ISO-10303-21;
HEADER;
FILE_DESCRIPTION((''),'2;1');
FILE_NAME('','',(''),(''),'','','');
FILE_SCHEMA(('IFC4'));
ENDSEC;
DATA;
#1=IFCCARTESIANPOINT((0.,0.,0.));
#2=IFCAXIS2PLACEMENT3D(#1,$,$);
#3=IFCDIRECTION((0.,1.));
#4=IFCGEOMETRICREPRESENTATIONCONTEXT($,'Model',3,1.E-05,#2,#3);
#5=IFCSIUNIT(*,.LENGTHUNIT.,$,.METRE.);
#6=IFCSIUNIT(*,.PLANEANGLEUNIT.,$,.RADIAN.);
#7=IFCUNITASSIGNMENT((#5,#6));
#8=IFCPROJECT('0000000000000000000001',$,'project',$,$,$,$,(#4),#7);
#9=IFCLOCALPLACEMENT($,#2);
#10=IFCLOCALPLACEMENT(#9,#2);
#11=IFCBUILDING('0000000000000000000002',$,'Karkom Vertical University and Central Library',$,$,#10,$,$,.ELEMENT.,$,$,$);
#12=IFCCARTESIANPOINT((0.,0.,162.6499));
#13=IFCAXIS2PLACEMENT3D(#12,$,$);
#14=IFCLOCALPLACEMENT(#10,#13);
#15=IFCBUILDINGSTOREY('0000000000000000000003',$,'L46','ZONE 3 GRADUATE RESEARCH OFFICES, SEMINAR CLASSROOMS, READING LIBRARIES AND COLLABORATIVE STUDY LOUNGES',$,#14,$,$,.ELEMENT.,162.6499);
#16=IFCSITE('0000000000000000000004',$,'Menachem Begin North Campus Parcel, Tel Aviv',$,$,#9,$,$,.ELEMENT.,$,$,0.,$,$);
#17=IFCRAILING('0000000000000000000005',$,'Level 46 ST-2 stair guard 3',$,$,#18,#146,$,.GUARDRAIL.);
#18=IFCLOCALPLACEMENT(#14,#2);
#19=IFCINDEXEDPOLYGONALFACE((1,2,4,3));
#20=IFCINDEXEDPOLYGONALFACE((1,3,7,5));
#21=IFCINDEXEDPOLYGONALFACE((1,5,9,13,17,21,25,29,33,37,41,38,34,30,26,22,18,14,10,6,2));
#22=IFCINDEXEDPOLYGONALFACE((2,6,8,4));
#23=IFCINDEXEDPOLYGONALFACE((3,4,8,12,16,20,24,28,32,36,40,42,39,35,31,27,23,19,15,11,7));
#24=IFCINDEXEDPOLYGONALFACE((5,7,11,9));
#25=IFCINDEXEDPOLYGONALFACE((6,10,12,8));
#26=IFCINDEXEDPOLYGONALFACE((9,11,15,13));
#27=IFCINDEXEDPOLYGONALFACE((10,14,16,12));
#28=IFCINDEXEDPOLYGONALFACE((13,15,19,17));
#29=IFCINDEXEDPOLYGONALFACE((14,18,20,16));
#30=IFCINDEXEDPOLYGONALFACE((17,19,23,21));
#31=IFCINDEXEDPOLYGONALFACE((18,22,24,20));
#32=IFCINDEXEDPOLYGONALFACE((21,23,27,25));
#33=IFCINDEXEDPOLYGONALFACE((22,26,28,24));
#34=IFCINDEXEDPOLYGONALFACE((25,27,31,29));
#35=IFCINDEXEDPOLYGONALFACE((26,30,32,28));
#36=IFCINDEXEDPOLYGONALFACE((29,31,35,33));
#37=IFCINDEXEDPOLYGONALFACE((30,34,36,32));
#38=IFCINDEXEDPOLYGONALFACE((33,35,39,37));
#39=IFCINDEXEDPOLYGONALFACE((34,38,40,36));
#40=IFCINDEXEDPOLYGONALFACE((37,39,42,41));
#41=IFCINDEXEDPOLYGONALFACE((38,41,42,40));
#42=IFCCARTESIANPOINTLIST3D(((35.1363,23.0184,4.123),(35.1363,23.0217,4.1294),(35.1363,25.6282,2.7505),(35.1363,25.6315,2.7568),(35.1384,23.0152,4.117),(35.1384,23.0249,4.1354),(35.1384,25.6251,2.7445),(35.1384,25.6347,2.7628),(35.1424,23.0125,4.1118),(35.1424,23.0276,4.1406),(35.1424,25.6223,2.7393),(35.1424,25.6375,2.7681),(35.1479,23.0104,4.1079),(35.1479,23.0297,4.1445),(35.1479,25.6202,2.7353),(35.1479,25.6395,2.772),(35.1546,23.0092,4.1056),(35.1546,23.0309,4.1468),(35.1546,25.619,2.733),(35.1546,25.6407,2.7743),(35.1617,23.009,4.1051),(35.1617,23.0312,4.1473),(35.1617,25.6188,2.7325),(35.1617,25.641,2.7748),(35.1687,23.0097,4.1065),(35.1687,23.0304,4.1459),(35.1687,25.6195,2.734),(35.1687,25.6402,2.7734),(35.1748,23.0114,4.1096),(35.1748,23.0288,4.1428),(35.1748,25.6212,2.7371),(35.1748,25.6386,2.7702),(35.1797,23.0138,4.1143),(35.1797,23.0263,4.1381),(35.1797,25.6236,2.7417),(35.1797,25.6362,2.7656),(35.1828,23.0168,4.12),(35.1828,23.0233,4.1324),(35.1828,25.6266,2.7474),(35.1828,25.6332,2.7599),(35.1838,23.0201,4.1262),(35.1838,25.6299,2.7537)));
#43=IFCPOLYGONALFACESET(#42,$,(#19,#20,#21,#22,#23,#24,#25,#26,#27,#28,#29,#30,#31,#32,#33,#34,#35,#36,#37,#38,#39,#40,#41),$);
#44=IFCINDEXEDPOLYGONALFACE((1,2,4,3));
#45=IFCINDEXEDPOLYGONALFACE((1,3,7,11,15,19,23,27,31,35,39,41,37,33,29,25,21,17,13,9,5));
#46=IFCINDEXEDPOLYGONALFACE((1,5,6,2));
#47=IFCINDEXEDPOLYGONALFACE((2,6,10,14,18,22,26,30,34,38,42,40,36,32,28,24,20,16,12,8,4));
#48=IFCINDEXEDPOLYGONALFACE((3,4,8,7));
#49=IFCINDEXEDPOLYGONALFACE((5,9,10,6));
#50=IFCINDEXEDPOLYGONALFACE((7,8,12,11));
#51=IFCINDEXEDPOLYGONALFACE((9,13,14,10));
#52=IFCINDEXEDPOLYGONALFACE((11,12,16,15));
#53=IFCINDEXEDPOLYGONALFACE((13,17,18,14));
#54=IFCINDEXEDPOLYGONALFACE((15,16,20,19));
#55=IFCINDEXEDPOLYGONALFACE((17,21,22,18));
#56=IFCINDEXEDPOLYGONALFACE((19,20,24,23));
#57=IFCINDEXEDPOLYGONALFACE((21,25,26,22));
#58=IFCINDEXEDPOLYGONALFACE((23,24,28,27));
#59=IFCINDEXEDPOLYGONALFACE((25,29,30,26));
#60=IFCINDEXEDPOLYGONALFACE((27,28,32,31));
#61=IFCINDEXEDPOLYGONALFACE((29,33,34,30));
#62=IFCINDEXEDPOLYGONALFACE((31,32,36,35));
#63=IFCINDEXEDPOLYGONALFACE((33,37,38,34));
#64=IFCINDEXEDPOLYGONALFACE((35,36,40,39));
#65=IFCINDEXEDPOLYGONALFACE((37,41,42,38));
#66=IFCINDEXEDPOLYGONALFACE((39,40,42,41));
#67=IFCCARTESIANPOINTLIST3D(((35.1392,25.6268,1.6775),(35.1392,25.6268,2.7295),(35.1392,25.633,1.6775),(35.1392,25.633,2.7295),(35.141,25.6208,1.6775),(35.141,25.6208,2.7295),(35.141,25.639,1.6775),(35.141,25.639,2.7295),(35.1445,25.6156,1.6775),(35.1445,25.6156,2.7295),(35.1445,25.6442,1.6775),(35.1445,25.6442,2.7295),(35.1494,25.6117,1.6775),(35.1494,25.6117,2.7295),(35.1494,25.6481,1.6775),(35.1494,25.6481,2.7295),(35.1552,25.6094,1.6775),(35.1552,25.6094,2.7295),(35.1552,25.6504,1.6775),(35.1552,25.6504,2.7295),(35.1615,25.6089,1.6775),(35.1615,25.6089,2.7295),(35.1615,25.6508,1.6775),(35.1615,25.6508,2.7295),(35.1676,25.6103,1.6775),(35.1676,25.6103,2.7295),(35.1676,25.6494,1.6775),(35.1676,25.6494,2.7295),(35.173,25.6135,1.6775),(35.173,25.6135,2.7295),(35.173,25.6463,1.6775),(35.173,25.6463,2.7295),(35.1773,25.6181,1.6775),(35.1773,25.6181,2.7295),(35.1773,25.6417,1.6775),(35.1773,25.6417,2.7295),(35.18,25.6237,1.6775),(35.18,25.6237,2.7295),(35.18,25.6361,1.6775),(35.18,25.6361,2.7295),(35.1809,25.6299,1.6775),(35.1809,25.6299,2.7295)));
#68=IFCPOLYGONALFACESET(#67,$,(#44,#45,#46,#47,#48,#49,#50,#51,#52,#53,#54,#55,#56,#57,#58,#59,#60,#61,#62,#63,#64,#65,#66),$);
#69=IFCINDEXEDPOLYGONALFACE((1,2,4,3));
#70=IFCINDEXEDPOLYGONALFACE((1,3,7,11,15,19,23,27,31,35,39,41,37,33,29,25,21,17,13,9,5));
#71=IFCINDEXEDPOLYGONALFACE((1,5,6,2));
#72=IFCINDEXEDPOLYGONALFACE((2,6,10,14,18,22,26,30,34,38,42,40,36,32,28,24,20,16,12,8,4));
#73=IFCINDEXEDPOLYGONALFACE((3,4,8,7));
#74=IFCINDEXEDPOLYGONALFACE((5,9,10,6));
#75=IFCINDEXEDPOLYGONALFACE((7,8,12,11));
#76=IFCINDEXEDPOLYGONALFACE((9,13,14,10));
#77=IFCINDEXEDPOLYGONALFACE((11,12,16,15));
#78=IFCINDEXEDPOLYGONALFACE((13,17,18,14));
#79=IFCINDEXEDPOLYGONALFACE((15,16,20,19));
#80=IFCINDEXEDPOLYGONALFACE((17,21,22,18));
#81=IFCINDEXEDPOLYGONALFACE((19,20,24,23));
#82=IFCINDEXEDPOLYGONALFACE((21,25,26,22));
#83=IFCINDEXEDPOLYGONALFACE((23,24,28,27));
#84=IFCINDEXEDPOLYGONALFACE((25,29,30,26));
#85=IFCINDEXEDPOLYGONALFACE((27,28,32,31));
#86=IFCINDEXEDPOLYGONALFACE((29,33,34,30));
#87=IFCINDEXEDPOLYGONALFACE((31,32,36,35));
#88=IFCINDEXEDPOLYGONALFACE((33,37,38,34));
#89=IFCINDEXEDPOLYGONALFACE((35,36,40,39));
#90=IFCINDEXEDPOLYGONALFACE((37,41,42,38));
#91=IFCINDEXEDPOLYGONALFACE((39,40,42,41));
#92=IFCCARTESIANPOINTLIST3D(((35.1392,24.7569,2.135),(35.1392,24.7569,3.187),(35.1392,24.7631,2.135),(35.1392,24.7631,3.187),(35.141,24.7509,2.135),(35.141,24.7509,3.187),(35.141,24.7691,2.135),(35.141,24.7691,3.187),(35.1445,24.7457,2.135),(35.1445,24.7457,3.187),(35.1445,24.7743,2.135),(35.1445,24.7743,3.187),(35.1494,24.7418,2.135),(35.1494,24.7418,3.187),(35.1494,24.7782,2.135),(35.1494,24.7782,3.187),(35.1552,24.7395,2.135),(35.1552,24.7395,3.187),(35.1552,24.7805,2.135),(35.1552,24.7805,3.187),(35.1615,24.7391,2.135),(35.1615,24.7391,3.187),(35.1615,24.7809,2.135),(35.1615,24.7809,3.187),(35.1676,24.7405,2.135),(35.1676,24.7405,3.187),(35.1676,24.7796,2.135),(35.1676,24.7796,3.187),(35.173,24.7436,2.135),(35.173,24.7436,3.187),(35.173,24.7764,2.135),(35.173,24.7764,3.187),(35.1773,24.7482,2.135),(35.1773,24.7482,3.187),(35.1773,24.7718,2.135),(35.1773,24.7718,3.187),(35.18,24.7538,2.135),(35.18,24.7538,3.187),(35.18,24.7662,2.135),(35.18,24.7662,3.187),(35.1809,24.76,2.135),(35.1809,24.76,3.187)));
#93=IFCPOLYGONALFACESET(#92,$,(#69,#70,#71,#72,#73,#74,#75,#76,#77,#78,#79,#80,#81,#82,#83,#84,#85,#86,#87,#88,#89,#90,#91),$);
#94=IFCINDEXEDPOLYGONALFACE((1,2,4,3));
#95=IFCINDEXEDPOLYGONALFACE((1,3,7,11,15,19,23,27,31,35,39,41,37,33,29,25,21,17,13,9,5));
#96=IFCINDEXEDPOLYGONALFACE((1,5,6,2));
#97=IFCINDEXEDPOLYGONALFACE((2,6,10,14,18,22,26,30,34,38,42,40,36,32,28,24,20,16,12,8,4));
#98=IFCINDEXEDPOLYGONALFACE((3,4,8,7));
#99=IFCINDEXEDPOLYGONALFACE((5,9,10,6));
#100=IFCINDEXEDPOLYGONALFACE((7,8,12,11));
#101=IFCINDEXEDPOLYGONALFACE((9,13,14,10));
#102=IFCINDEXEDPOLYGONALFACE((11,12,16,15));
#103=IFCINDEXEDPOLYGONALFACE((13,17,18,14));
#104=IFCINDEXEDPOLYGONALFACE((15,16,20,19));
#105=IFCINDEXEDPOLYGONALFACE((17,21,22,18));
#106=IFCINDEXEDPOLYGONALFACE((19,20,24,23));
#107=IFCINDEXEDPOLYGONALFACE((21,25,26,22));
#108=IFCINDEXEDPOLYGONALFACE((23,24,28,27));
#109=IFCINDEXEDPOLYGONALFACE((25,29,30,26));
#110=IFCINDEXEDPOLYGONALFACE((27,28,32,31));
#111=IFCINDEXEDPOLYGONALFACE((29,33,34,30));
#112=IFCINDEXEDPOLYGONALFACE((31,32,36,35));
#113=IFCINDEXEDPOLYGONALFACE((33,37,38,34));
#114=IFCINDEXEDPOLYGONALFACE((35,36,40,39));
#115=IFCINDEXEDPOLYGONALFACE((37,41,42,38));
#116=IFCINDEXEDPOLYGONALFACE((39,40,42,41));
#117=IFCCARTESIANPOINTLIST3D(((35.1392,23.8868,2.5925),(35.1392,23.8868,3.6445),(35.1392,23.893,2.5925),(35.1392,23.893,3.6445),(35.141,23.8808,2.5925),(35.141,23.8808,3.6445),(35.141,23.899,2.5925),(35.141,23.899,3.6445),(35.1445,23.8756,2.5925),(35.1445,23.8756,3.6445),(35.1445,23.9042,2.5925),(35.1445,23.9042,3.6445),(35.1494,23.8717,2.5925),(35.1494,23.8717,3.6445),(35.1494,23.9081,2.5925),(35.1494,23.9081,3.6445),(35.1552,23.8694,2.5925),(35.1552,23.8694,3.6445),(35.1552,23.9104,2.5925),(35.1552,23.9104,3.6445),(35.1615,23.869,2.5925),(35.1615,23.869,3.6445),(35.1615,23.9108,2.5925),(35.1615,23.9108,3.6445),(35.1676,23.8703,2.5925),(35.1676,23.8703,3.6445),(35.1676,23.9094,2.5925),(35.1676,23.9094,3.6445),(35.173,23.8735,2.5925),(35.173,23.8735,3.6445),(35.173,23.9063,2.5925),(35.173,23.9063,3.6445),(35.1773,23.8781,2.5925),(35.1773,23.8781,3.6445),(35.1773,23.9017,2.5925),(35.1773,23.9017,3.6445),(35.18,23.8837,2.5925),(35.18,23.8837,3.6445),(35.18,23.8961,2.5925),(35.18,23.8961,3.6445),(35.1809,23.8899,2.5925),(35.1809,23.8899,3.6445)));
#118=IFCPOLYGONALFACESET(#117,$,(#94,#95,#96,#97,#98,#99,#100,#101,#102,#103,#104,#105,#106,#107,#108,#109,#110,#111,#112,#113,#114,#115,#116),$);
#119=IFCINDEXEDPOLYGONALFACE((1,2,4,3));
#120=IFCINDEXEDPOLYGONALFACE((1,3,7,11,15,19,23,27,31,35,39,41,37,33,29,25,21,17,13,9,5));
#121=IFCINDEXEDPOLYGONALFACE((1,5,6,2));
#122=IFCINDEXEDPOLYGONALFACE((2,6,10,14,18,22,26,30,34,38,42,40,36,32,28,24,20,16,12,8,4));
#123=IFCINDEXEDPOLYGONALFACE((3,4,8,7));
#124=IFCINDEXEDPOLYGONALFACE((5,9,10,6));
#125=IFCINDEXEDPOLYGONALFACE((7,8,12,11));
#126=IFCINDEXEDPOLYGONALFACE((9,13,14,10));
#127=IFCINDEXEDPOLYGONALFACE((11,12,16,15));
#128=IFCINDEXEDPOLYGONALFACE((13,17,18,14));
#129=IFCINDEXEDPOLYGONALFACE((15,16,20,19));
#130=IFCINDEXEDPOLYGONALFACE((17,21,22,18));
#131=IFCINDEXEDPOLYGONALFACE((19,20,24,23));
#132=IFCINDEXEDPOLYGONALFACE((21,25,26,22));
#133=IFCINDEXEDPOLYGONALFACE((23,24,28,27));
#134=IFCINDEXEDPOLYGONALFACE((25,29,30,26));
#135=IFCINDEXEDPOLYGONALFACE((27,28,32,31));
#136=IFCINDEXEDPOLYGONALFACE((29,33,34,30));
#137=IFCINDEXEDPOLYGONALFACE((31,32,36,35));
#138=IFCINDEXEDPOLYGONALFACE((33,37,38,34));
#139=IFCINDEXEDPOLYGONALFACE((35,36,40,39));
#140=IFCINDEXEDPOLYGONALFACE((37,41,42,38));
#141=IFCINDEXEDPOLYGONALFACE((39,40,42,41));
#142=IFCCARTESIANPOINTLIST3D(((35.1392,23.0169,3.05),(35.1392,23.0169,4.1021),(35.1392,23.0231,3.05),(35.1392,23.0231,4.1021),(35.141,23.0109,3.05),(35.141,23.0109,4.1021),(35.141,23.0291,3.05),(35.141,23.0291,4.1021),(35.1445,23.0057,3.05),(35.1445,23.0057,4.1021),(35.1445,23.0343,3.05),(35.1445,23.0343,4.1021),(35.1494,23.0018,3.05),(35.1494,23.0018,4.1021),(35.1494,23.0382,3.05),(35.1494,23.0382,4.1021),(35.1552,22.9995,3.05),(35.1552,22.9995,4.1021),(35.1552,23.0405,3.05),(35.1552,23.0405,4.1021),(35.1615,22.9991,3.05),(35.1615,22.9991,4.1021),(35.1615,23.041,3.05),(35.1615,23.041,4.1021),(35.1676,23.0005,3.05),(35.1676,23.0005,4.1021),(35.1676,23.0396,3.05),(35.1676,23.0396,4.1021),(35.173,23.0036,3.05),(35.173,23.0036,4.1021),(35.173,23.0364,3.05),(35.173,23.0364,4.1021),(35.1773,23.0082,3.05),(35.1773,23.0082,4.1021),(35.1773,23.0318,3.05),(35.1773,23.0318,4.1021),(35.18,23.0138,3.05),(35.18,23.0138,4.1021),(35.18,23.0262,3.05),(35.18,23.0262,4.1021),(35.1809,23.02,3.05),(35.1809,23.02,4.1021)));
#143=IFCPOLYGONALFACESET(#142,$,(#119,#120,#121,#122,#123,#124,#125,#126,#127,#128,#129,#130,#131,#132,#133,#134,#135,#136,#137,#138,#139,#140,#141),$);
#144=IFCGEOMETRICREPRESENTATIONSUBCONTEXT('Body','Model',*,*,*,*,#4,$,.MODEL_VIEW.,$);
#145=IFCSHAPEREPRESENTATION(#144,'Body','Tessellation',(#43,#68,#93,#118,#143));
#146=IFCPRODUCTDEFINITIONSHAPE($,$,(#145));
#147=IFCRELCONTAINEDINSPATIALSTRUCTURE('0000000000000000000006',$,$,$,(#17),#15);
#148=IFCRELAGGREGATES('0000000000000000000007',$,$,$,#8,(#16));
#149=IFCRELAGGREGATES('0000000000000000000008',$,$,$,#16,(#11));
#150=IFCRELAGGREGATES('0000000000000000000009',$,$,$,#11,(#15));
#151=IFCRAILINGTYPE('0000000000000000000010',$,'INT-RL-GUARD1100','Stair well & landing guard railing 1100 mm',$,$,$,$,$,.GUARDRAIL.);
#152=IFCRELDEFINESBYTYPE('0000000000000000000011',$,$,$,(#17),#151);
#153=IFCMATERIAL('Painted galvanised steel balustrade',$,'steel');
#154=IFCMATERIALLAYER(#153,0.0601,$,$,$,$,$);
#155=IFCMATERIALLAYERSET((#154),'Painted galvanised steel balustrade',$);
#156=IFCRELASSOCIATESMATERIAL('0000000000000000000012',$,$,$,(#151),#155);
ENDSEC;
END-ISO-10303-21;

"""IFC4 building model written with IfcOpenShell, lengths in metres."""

from ifc_helpers import new_model, si_unit, direction, frame, origin, origin_2d, place, context, subcontext, project, spatial, circle, extrude, material, layer, layer_set, type_object, element, save


model = new_model("IFC4")

# Units and contexts
model_context = context("Model", 3, precision=1e-05, world=origin(), true_north=direction((0.0, 1.0)))
body_context = subcontext(model_context, "Body", "Model", "MODEL_VIEW")
ifc_project = project(units=[si_unit("LENGTHUNIT", "METRE"), si_unit("PLANEANGLEUNIT", "RADIAN")], contexts=[model_context])

# Site, building, storey
site_placement = place(None, origin())
site = spatial("IfcSite", under=ifc_project, at=site_placement, Name="Menachem Begin North Campus Parcel, Tel Aviv", CompositionType="ELEMENT", RefElevation=0.0)
building_placement = place(site_placement, origin())
building = spatial("IfcBuilding", under=site, at=building_placement, Name="Karkom Vertical University and Central Library", CompositionType="ELEMENT")
storey_placement = place(building_placement, frame((0.0, 0.0, 162.6499)))
storey = spatial("IfcBuildingStorey", under=building, at=storey_placement, Name="L46", Description="ZONE 3 GRADUATE RESEARCH OFFICES, SEMINAR CLASSROOMS, READING LIBRARIES AND COLLABORATIVE STUDY LOUNGES", CompositionType="ELEMENT", Elevation=162.6499)

# Railing
ifc_material_1 = material(Name="Painted galvanised steel balustrade", Category="steel")
ifc_layer_1 = layer(ifc_material_1, 0.0601)
ifc_layer_set_1 = layer_set([ifc_layer_1], Name="Painted galvanised steel balustrade")
railing_type_1 = type_object("IfcRailingType", Name="INT-RL-GUARD1100", Description="Stair well & landing guard railing 1100 mm", PredefinedType="GUARDRAIL", material=ifc_layer_set_1)
railing_1_placement = place(storey_placement, frame((35.1599, 25.6299, 1.6775)))
element("IfcRailing", 1, at=railing_1_placement, inside=storey, type_object=railing_type_1, Name="Level 46 ST-2 stair guard 3", PredefinedType="GUARDRAIL", context=body_context, shape_type="SweptSolid", body=[
    extrude(circle(Radius=0.0239, at=origin_2d()), frame((0.0, 0.0, 1.0762), z_axis=(0.0, -0.885065, 0.465467), x_axis=(1.0, 0.0, 0.0)), (0.0, 0.0, 1.0), 2.9487),
    extrude(circle(Radius=0.021, at=origin_2d()), origin(), (0.0, 0.0, 1.0), 1.052),
    extrude(circle(Radius=0.021, at=origin_2d()), frame((0.0, -0.8699, 0.4575)), (0.0, 0.0, 1.0), 1.052),
    extrude(circle(Radius=0.021, at=origin_2d()), frame((0.0, -1.74, 0.915)), (0.0, 0.0, 1.0), 1.052),
    extrude(circle(Radius=0.021, at=origin_2d()), frame((0.0, -2.6099, 1.3726)), (0.0, 0.0, 1.0), 1.052),
])

save(model, "model.ifc")
